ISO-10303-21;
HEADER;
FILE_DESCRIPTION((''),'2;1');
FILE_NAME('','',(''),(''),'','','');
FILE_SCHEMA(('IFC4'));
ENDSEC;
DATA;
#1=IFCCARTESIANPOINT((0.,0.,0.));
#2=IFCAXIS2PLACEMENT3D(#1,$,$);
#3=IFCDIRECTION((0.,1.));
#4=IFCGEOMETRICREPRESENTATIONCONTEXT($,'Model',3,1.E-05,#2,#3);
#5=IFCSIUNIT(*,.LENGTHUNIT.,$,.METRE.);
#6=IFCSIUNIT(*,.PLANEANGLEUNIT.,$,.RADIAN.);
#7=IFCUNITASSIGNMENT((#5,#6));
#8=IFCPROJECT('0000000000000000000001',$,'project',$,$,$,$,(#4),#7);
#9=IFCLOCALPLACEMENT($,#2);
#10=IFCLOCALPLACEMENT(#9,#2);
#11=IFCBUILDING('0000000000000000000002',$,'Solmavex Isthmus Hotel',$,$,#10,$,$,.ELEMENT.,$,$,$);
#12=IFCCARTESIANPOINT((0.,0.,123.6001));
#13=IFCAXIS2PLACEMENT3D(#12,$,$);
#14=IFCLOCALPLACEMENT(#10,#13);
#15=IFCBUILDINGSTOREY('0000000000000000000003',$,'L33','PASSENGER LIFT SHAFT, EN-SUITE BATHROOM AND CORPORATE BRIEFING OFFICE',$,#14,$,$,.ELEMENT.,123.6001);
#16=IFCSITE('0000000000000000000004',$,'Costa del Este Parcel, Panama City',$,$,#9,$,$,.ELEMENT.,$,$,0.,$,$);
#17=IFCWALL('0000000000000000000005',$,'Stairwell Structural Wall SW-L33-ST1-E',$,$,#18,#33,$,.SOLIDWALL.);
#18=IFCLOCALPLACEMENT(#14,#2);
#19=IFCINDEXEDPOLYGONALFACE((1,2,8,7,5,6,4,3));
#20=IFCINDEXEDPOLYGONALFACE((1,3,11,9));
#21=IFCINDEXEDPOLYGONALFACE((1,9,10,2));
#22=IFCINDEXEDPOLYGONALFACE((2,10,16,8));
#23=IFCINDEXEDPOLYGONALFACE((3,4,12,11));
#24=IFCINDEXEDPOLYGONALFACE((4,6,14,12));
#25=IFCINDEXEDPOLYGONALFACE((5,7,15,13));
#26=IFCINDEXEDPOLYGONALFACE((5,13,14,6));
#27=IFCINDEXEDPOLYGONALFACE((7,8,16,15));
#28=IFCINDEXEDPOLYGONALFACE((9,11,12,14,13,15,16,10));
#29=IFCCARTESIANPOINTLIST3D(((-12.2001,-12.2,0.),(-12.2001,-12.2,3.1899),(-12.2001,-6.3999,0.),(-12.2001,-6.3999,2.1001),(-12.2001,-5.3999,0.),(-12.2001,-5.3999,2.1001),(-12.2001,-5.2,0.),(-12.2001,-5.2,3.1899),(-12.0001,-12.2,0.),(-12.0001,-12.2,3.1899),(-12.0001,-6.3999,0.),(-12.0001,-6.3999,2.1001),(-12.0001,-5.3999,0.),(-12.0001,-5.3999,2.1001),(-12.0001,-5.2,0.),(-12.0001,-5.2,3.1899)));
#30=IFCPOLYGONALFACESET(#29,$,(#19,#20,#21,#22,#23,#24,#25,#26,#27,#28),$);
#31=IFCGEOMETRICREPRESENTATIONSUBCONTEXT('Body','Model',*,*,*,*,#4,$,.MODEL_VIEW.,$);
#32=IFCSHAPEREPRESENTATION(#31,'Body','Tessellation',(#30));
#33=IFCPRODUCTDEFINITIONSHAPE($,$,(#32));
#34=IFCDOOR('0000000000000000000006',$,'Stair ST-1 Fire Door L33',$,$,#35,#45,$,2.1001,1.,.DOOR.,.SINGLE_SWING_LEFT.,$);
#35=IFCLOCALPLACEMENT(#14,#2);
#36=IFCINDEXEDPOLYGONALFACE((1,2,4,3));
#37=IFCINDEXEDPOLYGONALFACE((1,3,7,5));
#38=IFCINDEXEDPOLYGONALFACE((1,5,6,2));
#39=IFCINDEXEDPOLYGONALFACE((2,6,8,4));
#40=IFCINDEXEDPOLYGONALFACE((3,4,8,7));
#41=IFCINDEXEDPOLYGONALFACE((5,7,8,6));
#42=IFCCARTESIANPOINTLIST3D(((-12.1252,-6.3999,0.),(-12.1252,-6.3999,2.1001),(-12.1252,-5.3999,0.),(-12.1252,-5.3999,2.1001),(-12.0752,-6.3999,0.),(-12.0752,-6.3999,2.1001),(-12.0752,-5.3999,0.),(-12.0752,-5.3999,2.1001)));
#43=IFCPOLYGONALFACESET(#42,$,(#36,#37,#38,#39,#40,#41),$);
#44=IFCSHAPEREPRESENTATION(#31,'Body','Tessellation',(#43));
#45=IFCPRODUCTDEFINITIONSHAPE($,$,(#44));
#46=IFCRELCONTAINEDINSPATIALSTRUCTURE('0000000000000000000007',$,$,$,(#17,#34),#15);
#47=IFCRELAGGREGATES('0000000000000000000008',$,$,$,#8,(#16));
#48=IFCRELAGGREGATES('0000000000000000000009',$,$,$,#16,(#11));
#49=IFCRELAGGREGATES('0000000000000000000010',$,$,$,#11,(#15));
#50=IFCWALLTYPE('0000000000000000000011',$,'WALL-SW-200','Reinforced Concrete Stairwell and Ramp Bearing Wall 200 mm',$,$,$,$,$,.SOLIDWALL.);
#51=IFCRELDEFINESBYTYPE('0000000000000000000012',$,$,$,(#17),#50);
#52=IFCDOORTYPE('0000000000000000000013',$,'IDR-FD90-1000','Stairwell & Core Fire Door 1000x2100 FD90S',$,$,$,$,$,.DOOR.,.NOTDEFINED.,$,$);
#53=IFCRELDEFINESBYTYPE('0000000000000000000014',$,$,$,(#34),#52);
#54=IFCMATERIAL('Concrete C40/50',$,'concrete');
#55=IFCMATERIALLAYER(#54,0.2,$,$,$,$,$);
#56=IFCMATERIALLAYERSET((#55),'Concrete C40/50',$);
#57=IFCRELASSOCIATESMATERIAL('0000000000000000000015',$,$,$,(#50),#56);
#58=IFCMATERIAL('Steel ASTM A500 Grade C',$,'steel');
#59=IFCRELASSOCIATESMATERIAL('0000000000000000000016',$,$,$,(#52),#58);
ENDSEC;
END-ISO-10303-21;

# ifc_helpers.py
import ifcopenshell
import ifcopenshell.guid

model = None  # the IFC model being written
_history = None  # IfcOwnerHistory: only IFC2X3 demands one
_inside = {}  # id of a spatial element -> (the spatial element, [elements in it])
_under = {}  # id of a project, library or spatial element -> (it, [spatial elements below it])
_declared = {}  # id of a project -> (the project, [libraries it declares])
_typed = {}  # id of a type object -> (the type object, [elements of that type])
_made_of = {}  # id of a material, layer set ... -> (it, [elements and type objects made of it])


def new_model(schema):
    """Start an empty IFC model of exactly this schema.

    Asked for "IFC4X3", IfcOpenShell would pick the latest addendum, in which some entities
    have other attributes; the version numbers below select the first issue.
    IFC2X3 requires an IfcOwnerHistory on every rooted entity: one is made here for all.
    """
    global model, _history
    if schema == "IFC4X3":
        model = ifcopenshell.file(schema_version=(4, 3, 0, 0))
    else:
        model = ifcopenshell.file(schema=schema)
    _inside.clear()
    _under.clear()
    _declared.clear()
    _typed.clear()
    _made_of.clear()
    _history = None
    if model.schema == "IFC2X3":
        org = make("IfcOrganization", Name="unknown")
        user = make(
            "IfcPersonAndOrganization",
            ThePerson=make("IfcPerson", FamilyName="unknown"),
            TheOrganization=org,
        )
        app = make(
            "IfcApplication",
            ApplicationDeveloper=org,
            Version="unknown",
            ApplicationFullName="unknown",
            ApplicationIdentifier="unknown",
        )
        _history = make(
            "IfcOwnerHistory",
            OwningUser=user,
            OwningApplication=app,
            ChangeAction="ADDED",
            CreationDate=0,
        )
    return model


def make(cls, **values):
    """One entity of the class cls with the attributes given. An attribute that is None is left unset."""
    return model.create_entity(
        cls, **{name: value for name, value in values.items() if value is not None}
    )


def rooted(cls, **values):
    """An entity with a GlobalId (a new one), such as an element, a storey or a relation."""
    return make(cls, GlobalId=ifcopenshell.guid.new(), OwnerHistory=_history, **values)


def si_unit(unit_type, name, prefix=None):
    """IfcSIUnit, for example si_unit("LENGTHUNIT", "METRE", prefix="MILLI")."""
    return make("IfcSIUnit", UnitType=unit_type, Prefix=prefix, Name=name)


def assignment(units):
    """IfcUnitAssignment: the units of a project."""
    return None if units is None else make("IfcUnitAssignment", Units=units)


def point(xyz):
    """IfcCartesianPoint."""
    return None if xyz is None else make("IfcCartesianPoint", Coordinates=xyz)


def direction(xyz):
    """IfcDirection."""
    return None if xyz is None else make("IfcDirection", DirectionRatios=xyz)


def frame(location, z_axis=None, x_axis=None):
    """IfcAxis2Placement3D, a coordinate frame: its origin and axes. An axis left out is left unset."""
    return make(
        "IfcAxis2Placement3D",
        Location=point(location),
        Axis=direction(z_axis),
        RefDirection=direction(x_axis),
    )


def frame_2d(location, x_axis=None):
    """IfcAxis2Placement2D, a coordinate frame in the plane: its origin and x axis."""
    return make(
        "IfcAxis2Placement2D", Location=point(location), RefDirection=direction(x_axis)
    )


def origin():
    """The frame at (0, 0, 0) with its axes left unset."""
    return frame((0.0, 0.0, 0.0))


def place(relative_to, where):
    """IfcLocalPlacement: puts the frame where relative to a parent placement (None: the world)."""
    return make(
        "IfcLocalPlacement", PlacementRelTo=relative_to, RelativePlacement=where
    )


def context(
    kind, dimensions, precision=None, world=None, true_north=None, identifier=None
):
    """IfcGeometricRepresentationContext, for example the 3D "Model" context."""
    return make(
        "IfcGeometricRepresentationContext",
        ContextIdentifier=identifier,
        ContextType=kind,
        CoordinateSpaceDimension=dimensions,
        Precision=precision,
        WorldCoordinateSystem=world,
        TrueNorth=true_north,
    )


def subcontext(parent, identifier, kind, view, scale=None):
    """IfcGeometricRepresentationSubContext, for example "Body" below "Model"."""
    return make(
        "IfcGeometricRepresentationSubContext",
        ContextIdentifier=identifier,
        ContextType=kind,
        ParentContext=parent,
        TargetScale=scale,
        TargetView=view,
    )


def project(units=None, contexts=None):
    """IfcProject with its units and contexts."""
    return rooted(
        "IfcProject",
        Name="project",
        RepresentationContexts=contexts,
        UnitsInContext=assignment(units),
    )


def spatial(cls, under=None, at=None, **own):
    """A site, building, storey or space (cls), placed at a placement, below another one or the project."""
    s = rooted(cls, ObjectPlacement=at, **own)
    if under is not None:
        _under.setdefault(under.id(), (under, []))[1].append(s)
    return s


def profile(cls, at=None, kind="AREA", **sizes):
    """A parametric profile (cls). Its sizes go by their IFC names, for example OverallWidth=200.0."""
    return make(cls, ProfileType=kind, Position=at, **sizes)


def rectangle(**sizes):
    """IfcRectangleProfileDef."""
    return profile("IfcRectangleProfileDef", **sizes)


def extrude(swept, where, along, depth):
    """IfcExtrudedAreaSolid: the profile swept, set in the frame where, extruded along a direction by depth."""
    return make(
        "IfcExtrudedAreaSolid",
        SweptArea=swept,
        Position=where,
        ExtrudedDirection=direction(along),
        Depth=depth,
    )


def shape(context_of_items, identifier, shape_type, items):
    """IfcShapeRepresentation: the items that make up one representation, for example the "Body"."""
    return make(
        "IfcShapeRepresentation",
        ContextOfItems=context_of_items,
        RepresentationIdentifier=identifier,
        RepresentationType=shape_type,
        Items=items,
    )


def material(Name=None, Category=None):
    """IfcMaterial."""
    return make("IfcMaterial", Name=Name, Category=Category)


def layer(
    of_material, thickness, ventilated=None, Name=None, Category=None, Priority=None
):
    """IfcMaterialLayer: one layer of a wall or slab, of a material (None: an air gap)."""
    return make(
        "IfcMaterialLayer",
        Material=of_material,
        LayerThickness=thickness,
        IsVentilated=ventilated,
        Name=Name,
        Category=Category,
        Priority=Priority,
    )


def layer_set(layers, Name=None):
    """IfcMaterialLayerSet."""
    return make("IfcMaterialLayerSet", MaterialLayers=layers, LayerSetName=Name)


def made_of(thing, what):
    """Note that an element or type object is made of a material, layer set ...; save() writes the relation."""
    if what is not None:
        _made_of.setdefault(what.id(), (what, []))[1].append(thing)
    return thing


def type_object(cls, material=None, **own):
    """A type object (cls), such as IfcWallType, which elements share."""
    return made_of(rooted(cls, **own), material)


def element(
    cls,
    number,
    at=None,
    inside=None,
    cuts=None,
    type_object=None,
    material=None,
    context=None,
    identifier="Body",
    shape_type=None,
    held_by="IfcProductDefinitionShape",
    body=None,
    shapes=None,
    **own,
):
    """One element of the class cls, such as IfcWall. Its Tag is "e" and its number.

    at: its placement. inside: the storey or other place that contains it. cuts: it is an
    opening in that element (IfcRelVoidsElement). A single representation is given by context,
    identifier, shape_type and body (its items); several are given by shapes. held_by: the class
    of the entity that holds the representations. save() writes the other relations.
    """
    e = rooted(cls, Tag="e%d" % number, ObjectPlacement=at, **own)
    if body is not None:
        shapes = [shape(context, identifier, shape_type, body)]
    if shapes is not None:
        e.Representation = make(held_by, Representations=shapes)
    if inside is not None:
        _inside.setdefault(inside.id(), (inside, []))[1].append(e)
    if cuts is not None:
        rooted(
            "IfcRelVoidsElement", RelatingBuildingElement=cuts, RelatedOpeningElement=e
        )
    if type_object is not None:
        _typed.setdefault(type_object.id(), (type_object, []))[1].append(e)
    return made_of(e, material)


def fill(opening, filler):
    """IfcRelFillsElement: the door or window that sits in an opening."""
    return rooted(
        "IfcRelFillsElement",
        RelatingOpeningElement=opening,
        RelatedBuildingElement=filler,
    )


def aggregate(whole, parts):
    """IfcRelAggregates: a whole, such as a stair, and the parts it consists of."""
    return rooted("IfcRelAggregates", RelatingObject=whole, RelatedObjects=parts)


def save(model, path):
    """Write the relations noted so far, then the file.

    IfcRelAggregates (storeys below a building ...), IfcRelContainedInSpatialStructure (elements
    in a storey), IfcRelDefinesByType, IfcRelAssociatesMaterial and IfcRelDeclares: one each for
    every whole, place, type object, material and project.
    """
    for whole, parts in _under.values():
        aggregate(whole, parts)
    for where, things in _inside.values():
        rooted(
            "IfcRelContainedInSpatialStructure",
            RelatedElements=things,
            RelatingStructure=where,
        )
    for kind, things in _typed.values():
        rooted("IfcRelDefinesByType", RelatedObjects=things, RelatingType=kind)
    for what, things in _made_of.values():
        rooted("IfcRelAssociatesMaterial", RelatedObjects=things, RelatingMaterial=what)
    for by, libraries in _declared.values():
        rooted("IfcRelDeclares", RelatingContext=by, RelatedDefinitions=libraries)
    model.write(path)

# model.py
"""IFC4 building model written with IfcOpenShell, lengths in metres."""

from ifc_helpers import new_model, si_unit, direction, frame, frame_2d, origin, place, context, subcontext, project, spatial, rectangle, extrude, material, layer, layer_set, type_object, element, fill, save


model = new_model("IFC4")

# Units and contexts
model_context = context("Model", 3, precision=1e-05, world=origin(), true_north=direction((0.0, 1.0)))
body_context = subcontext(model_context, "Body", "Model", "MODEL_VIEW")
ifc_project = project(units=[si_unit("LENGTHUNIT", "METRE"), si_unit("PLANEANGLEUNIT", "RADIAN")], contexts=[model_context])

# Site, building, storey
site_placement = place(None, origin())
site = spatial("IfcSite", under=ifc_project, at=site_placement, Name="Costa del Este Parcel, Panama City", CompositionType="ELEMENT", RefElevation=0.0)
building_placement = place(site_placement, origin())
building = spatial("IfcBuilding", under=site, at=building_placement, Name="Solmavex Isthmus Hotel", CompositionType="ELEMENT")
storey_placement = place(building_placement, frame((0.0, 0.0, 123.6001)))
storey = spatial("IfcBuildingStorey", under=building, at=storey_placement, Name="L33", Description="PASSENGER LIFT SHAFT, EN-SUITE BATHROOM AND CORPORATE BRIEFING OFFICE", CompositionType="ELEMENT", Elevation=123.6001)

# Shared definitions
ifc_material_1 = material(Name="Concrete C40/50", Category="concrete")
ifc_layer_1 = layer(ifc_material_1, 0.2)
ifc_layer_set_1 = layer_set([ifc_layer_1], Name="Concrete C40/50")
wall_type_1 = type_object("IfcWallType", Name="WALL-SW-200", Description="Reinforced Concrete Stairwell and Ramp Bearing Wall 200 mm", PredefinedType="SOLIDWALL", material=ifc_layer_set_1)

# Wall, opening, door
wall_1_placement = place(storey_placement, frame((-12.1001, -12.2, 0.0), z_axis=(0.0, 0.0, 1.0), x_axis=(0.0, 1.0, 0.0)))
wall_1 = element("IfcWall", 1, at=wall_1_placement, inside=storey, type_object=wall_type_1, Name="Stairwell Structural Wall SW-L33-ST1-E", PredefinedType="SOLIDWALL", context=body_context, shape_type="SweptSolid", body=[
    extrude(rectangle(XDim=7.0, YDim=0.2, at=frame_2d((3.5, 0.0))), origin(), (0.0, 0.0, 1.0), 3.1899),
])
opening_1_placement = place(wall_1_placement, frame((5.8, 0.0, 0.0)))
opening_1 = element("IfcOpeningElement", 2, at=opening_1_placement, cuts=wall_1, PredefinedType="OPENING", context=body_context, shape_type="SweptSolid", body=[
    extrude(rectangle(XDim=1.0, YDim=2.1001, at=frame_2d((0.5, 1.05))), frame((0.0, 0.1099, 0.0), z_axis=(0.0, -1.0, 0.0), x_axis=(1.0, 0.0, 0.0)), (0.0, 0.0, 1.0), 0.22),
])
ifc_material_2 = material(Name="Steel ASTM A500 Grade C", Category="steel")
door_type = type_object("IfcDoorType", Name="IDR-FD90-1000", Description="Stairwell & Core Fire Door 1000x2100 FD90S", OperationType="NOTDEFINED", PredefinedType="DOOR", material=ifc_material_2)
door_placement = place(opening_1_placement, frame((1.0, 0.0, 0.0), z_axis=(0.0, 0.0, 1.0), x_axis=(-1.0, 0.0, 0.0)))
door = element("IfcDoor", 3, at=door_placement, inside=storey, type_object=door_type, Name="Stair ST-1 Fire Door L33", OperationType="SINGLE_SWING_LEFT", OverallHeight=2.1001, OverallWidth=1.0, PredefinedType="DOOR", context=body_context, shape_type="SweptSolid", body=[
    extrude(rectangle(XDim=1.0, YDim=2.1001, at=frame_2d((0.5, 1.05))), frame((0.0, 0.0249, 0.0), z_axis=(0.0, -1.0, 0.0), x_axis=(1.0, 0.0, 0.0)), (0.0, 0.0, 1.0), 0.05),
])
fill(opening_1, door)

save(model, "model.ifc")
